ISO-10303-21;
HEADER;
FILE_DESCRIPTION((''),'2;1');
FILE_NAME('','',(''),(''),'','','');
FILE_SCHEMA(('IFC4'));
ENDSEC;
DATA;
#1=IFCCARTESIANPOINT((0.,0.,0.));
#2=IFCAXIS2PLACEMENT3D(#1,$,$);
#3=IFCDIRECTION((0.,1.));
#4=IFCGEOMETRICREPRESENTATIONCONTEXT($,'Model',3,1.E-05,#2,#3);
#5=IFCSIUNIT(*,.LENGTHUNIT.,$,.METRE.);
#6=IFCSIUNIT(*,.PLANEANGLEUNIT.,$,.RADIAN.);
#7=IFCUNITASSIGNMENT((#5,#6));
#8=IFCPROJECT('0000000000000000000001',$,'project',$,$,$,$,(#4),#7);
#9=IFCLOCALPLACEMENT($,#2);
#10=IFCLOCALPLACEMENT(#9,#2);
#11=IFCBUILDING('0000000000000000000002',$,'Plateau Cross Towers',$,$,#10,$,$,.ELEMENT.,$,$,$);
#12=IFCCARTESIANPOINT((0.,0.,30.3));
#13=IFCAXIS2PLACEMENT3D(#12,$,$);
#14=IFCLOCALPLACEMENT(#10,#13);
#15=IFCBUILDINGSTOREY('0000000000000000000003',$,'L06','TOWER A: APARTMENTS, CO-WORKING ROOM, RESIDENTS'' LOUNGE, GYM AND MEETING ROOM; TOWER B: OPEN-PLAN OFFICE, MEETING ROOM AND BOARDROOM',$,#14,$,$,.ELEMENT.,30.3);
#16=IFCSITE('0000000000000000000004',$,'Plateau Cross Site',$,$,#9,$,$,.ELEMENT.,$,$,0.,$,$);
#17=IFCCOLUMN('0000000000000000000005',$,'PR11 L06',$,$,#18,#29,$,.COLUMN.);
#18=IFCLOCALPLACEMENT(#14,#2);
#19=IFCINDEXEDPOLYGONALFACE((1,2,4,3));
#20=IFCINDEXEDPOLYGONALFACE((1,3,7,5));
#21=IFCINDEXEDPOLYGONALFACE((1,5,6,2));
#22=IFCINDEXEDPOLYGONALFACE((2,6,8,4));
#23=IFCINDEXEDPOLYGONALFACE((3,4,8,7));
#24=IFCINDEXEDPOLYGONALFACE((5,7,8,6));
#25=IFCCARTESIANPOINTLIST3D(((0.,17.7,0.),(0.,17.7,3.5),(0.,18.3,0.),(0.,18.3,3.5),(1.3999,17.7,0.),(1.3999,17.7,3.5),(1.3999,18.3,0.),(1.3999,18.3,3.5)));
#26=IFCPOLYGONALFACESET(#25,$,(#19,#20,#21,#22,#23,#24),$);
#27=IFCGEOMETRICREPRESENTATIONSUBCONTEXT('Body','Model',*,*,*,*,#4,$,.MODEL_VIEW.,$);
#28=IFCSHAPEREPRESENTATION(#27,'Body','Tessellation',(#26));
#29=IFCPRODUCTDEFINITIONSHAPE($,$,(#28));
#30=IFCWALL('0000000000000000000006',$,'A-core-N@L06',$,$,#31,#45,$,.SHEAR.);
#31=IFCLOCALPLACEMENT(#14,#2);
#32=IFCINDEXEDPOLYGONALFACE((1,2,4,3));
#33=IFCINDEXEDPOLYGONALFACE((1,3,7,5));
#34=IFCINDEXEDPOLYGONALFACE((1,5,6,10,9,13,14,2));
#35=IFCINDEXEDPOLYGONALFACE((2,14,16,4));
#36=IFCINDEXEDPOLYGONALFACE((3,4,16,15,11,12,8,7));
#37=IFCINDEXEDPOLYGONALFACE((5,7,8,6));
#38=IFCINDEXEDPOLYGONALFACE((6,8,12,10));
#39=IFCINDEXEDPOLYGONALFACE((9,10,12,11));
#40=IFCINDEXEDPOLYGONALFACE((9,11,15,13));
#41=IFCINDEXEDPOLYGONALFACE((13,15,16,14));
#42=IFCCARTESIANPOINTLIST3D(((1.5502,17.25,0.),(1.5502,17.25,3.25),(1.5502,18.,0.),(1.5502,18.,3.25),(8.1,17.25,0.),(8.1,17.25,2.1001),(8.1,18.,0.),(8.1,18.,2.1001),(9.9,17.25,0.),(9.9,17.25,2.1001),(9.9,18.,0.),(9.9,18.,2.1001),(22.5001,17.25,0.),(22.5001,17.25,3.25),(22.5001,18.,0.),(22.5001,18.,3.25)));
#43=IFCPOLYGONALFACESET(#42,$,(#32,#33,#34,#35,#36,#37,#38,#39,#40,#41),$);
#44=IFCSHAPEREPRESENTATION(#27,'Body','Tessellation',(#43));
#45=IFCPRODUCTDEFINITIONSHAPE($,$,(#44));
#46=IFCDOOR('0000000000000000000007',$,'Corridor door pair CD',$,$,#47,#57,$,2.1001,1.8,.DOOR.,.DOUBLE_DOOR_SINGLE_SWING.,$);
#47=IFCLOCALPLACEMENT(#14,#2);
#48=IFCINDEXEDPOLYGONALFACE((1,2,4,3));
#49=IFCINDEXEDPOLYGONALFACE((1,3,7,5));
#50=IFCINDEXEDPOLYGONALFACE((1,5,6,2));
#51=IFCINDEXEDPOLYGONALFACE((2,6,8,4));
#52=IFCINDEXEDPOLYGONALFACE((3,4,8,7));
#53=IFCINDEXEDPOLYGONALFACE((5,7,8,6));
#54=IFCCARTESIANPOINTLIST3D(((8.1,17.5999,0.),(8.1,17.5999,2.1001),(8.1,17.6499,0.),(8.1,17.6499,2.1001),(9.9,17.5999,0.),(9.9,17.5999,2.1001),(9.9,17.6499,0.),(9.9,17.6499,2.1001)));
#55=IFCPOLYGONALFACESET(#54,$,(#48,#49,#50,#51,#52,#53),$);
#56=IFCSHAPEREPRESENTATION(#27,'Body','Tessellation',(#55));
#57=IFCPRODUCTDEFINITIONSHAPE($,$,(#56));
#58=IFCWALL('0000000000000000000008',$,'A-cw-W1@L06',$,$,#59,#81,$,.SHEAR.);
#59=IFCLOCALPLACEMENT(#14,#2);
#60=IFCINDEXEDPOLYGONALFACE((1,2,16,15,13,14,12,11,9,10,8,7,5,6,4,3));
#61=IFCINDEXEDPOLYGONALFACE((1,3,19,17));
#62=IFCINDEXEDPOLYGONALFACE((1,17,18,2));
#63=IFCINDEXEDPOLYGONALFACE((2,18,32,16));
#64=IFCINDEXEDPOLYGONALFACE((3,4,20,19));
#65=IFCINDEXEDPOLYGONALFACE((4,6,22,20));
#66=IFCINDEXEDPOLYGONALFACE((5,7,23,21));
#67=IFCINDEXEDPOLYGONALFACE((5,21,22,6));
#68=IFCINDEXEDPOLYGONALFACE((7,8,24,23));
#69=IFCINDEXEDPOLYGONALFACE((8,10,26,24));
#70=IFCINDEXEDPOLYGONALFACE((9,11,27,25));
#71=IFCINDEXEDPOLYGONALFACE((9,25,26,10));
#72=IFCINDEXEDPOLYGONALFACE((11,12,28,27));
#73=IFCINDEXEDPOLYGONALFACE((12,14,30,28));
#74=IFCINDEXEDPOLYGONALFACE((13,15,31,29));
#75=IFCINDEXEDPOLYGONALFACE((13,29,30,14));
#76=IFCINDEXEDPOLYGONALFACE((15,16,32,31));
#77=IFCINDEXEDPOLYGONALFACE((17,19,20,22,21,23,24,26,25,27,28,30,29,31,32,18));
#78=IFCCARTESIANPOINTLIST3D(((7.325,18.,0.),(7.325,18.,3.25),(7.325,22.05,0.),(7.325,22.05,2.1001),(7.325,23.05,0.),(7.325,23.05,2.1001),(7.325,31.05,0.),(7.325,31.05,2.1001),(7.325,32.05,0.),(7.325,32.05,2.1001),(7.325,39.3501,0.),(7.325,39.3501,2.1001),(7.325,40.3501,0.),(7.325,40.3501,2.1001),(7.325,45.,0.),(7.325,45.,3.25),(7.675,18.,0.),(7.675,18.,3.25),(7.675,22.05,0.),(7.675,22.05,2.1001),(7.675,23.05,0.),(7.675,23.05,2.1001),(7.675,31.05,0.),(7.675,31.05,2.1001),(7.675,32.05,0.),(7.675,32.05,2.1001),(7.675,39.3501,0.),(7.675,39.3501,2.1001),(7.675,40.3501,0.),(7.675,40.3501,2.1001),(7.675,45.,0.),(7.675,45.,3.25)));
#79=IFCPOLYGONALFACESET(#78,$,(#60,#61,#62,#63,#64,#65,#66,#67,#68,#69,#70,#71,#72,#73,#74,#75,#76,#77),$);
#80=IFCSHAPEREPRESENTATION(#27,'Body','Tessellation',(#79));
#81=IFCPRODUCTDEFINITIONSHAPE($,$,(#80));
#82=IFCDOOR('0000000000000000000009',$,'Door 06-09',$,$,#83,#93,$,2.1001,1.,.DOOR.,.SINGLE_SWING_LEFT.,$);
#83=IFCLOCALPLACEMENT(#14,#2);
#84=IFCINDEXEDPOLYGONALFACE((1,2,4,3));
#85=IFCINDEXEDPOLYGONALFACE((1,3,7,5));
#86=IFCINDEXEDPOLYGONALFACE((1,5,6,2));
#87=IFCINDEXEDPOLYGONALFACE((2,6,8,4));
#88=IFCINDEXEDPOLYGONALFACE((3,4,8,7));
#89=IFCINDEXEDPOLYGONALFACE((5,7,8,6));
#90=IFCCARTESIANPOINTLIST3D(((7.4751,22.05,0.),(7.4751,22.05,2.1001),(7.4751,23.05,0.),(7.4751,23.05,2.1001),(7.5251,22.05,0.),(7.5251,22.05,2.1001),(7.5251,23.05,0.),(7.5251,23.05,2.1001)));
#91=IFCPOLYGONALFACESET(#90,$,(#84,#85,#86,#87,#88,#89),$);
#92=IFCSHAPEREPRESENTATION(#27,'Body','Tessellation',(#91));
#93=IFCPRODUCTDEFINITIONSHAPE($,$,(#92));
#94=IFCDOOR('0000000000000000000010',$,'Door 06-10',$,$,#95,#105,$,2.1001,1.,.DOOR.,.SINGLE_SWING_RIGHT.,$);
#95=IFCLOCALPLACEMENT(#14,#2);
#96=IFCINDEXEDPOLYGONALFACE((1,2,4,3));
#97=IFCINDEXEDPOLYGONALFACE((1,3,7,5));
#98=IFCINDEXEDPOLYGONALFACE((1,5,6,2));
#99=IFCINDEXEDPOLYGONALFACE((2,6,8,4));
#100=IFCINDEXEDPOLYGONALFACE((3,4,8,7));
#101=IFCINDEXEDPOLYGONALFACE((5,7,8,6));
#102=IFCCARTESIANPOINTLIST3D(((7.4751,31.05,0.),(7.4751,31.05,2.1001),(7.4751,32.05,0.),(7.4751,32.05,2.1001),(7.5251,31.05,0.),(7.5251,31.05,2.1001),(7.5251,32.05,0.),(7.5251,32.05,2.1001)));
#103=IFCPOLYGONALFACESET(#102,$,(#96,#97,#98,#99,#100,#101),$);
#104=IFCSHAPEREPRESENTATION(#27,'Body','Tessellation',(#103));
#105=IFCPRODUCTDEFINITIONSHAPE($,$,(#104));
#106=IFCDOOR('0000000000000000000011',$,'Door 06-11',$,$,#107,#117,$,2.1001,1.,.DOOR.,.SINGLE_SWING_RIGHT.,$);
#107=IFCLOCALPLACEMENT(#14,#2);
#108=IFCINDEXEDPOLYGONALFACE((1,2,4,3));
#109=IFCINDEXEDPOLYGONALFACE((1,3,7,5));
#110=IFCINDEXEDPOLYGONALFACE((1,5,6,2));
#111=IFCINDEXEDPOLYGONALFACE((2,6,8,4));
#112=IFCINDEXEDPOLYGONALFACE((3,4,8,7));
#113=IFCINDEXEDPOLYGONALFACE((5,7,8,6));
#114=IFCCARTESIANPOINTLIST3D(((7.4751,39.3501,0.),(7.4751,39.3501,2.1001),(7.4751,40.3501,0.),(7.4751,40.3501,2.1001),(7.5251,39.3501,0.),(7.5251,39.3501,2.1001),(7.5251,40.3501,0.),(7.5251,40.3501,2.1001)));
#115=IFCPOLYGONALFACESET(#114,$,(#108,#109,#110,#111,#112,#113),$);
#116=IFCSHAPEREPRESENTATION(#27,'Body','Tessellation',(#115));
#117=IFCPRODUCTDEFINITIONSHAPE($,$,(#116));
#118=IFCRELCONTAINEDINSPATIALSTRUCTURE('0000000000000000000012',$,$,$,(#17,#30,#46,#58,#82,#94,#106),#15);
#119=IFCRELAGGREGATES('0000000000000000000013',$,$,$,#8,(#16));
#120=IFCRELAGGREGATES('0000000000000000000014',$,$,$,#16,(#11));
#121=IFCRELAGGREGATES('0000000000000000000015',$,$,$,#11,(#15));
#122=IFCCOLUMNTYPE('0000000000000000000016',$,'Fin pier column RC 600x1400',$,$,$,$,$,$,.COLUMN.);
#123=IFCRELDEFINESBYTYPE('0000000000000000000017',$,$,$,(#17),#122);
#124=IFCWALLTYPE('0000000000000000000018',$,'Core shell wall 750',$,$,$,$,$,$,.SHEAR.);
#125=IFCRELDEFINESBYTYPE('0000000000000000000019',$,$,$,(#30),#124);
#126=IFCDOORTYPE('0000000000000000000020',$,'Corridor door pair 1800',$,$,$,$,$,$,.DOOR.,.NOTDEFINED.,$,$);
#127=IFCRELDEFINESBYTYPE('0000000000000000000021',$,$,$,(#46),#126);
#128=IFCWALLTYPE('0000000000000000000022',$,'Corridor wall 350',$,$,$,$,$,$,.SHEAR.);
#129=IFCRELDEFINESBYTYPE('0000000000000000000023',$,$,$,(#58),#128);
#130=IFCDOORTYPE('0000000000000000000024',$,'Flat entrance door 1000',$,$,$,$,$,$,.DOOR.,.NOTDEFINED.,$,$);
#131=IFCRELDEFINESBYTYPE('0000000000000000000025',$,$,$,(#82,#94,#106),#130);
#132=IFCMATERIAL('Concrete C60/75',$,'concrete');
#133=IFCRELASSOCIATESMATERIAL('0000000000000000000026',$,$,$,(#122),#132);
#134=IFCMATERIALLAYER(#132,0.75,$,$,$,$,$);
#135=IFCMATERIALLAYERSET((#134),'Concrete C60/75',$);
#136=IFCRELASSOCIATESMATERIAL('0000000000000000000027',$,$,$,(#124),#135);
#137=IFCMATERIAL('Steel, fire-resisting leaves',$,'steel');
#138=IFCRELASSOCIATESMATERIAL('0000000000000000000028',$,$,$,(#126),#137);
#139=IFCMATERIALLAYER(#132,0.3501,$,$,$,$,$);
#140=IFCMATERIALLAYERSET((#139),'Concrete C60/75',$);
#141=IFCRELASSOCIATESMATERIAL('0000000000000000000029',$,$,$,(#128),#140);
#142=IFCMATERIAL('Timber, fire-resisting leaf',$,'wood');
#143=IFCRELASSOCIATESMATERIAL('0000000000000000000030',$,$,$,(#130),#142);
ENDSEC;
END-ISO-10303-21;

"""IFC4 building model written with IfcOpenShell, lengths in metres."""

from ifc_helpers import new_model, si_unit, direction, frame, frame_2d, origin, origin_2d, place, context, subcontext, project, spatial, rectangle, extrude, material, layer, layer_set, material_profile, profile_set, type_object, element, fill, save


model = new_model("IFC4")

# Units and contexts
model_context = context("Model", 3, precision=1e-05, world=origin(), true_north=direction((0.0, 1.0)))
body_context = subcontext(model_context, "Body", "Model", "MODEL_VIEW")
ifc_project = project(units=[si_unit("LENGTHUNIT", "METRE"), si_unit("PLANEANGLEUNIT", "RADIAN")], contexts=[model_context])

# Site, building, storey
site_placement = place(None, origin())
site = spatial("IfcSite", under=ifc_project, at=site_placement, Name="Plateau Cross Site", CompositionType="ELEMENT", RefElevation=0.0)
building_placement = place(site_placement, origin())
building = spatial("IfcBuilding", under=site, at=building_placement, Name="Plateau Cross Towers", CompositionType="ELEMENT")
storey_placement = place(building_placement, frame((0.0, 0.0, 30.3)))
storey = spatial("IfcBuildingStorey", under=building, at=storey_placement, Name="L06", Description="TOWER A: APARTMENTS, CO-WORKING ROOM, RESIDENTS' LOUNGE, GYM AND MEETING ROOM; TOWER B: OPEN-PLAN OFFICE, MEETING ROOM AND BOARDROOM", CompositionType="ELEMENT", Elevation=30.3)

# Column
ifc_material_1 = material(Name="Concrete C60/75", Category="concrete")
ifc_material_profile = material_profile(ifc_material_1, rectangle(XDim=0.6001, YDim=1.3999, at=origin_2d()), Name="RC 600x1400")
ifc_profile_set = profile_set([ifc_material_profile], Name="Concrete C60/75")
column_type = type_object("IfcColumnType", Name="Fin pier column RC 600x1400", PredefinedType="COLUMN", material=ifc_profile_set)
column_placement = place(storey_placement, frame((0.7, 18.0, 0.0), z_axis=(0.0, 0.0, 1.0), x_axis=(0.0, 1.0, 0.0)))
element("IfcColumn", 1, at=column_placement, inside=storey, type_object=column_type, Name="PR11 L06", PredefinedType="COLUMN", context=body_context, shape_type="SweptSolid", body=[
    extrude(rectangle(XDim=0.6001, YDim=1.3999, at=origin_2d()), origin(), (0.0, 0.0, 1.0), 3.5),
])

# Wall, opening, door
ifc_layer_1 = layer(ifc_material_1, 0.75)
ifc_layer_set_1 = layer_set([ifc_layer_1], Name="Concrete C60/75")
wall_type_1 = type_object("IfcWallType", Name="Core shell wall 750", PredefinedType="SHEAR", material=ifc_layer_set_1)
wall_1_placement = place(storey_placement, frame((1.55, 17.625, 0.0), z_axis=(0.0, 0.0, 1.0), x_axis=(1.0, 0.0, 0.0)))
wall_1 = element("IfcWall", 2, at=wall_1_placement, inside=storey, type_object=wall_type_1, Name="A-core-N@L06", PredefinedType="SHEAR", context=body_context, shape_type="SweptSolid", body=[
    extrude(rectangle(XDim=20.95, YDim=0.75, at=frame_2d((10.4751, 0.0))), origin(), (0.0, 0.0, 1.0), 3.25),
])
opening_1_placement = place(wall_1_placement, frame((6.55, 0.0, 0.0)))
opening_1 = element("IfcOpeningElement", 3, at=opening_1_placement, cuts=wall_1, PredefinedType="OPENING", context=body_context, shape_type="SweptSolid", body=[
    extrude(rectangle(XDim=1.8, YDim=2.1001, at=frame_2d((0.8999, 1.05))), frame((0.0, 0.385, 0.0), z_axis=(0.0, -1.0, 0.0), x_axis=(1.0, 0.0, 0.0)), (0.0, 0.0, 1.0), 0.77),
])
ifc_material_2 = material(Name="Steel, fire-resisting leaves", Category="steel")
door_type_1 = type_object("IfcDoorType", Name="Corridor door pair 1800", OperationType="NOTDEFINED", PredefinedType="DOOR", material=ifc_material_2)
door_1_placement = place(opening_1_placement, origin())
door_1 = element("IfcDoor", 4, at=door_1_placement, inside=storey, type_object=door_type_1, Name="Corridor door pair CD", OperationType="DOUBLE_DOOR_SINGLE_SWING", OverallHeight=2.1001, OverallWidth=1.8, PredefinedType="DOOR", context=body_context, shape_type="SweptSolid", body=[
    extrude(rectangle(XDim=1.8, YDim=2.1001, at=frame_2d((0.8999, 1.05))), frame((0.0, 0.0249, 0.0), z_axis=(0.0, -1.0, 0.0), x_axis=(1.0, 0.0, 0.0)), (0.0, 0.0, 1.0), 0.05),
])
fill(opening_1, door_1)

# Wall, openings, doors
ifc_layer_2 = layer(ifc_material_1, 0.3501)
ifc_layer_set_2 = layer_set([ifc_layer_2], Name="Concrete C60/75")
wall_type_2 = type_object("IfcWallType", Name="Corridor wall 350", PredefinedType="SHEAR", material=ifc_layer_set_2)
wall_2_placement = place(storey_placement, frame((7.5, 18.0, 0.0), z_axis=(0.0, 0.0, 1.0), x_axis=(0.0, 1.0, 0.0)))
wall_2 = element("IfcWall", 5, at=wall_2_placement, inside=storey, type_object=wall_type_2, Name="A-cw-W1@L06", PredefinedType="SHEAR", context=body_context, shape_type="SweptSolid", body=[
    extrude(rectangle(XDim=27.0, YDim=0.3501, at=frame_2d((13.5, 0.0))), origin(), (0.0, 0.0, 1.0), 3.25),
])
opening_2_placement = place(wall_2_placement, frame((4.05, 0.0, 0.0)))
opening_2 = element("IfcOpeningElement", 6, at=opening_2_placement, cuts=wall_2, PredefinedType="OPENING", context=body_context, shape_type="SweptSolid", body=[
    extrude(rectangle(XDim=1.0, YDim=2.1001, at=frame_2d((0.5, 1.05))), frame((0.0, 0.1851, 0.0), z_axis=(0.0, -1.0, 0.0), x_axis=(1.0, 0.0, 0.0)), (0.0, 0.0, 1.0), 0.3701),
])
opening_3_placement = place(wall_2_placement, frame((13.05, 0.0, 0.0)))
opening_3 = element("IfcOpeningElement", 7, at=opening_3_placement, cuts=wall_2, PredefinedType="OPENING", context=body_context, shape_type="SweptSolid", body=[
    extrude(rectangle(XDim=1.0, YDim=2.1001, at=frame_2d((0.5, 1.05))), frame((0.0, 0.1851, 0.0), z_axis=(0.0, -1.0, 0.0), x_axis=(1.0, 0.0, 0.0)), (0.0, 0.0, 1.0), 0.3701),
])
opening_4_placement = place(wall_2_placement, frame((21.3501, 0.0, 0.0)))
opening_4 = element("IfcOpeningElement", 8, at=opening_4_placement, cuts=wall_2, PredefinedType="OPENING", context=body_context, shape_type="SweptSolid", body=[
    extrude(rectangle(XDim=1.0, YDim=2.1001, at=frame_2d((0.5, 1.05))), frame((0.0, 0.1851, 0.0), z_axis=(0.0, -1.0, 0.0), x_axis=(1.0, 0.0, 0.0)), (0.0, 0.0, 1.0), 0.3701),
])
ifc_material_3 = material(Name="Timber, fire-resisting leaf", Category="wood")
door_type_2 = type_object("IfcDoorType", Name="Flat entrance door 1000", OperationType="NOTDEFINED", PredefinedType="DOOR", material=ifc_material_3)
door_2_placement = place(opening_2_placement, origin())
door_2 = element("IfcDoor", 9, at=door_2_placement, inside=storey, type_object=door_type_2, Name="Door 06-09", OperationType="SINGLE_SWING_LEFT", OverallHeight=2.1001, OverallWidth=1.0, PredefinedType="DOOR", context=body_context, shape_type="SweptSolid", body=[
    extrude(rectangle(XDim=1.0, YDim=2.1001, at=frame_2d((0.5, 1.05))), frame((0.0, 0.0249, 0.0), z_axis=(0.0, -1.0, 0.0), x_axis=(1.0, 0.0, 0.0)), (0.0, 0.0, 1.0), 0.05),
])
fill(opening_2, door_2)
door_3_placement = place(opening_3_placement, origin())
door_3 = element("IfcDoor", 10, at=door_3_placement, inside=storey, type_object=door_type_2, Name="Door 06-10", OperationType="SINGLE_SWING_RIGHT", OverallHeight=2.1001, OverallWidth=1.0, PredefinedType="DOOR", context=body_context, shape_type="SweptSolid", body=[
    extrude(rectangle(XDim=1.0, YDim=2.1001, at=frame_2d((0.5, 1.05))), frame((0.0, 0.0249, 0.0), z_axis=(0.0, -1.0, 0.0), x_axis=(1.0, 0.0, 0.0)), (0.0, 0.0, 1.0), 0.05),
])
fill(opening_3, door_3)
door_4_placement = place(opening_4_placement, origin())
door_4 = element("IfcDoor", 11, at=door_4_placement, inside=storey, type_object=door_type_2, Name="Door 06-11", OperationType="SINGLE_SWING_RIGHT", OverallHeight=2.1001, OverallWidth=1.0, PredefinedType="DOOR", context=body_context, shape_type="SweptSolid", body=[
    extrude(rectangle(XDim=1.0, YDim=2.1001, at=frame_2d((0.5, 1.05))), frame((0.0, 0.0249, 0.0), z_axis=(0.0, -1.0, 0.0), x_axis=(1.0, 0.0, 0.0)), (0.0, 0.0, 1.0), 0.05),
])
fill(opening_4, door_4)

save(model, "model.ifc")
